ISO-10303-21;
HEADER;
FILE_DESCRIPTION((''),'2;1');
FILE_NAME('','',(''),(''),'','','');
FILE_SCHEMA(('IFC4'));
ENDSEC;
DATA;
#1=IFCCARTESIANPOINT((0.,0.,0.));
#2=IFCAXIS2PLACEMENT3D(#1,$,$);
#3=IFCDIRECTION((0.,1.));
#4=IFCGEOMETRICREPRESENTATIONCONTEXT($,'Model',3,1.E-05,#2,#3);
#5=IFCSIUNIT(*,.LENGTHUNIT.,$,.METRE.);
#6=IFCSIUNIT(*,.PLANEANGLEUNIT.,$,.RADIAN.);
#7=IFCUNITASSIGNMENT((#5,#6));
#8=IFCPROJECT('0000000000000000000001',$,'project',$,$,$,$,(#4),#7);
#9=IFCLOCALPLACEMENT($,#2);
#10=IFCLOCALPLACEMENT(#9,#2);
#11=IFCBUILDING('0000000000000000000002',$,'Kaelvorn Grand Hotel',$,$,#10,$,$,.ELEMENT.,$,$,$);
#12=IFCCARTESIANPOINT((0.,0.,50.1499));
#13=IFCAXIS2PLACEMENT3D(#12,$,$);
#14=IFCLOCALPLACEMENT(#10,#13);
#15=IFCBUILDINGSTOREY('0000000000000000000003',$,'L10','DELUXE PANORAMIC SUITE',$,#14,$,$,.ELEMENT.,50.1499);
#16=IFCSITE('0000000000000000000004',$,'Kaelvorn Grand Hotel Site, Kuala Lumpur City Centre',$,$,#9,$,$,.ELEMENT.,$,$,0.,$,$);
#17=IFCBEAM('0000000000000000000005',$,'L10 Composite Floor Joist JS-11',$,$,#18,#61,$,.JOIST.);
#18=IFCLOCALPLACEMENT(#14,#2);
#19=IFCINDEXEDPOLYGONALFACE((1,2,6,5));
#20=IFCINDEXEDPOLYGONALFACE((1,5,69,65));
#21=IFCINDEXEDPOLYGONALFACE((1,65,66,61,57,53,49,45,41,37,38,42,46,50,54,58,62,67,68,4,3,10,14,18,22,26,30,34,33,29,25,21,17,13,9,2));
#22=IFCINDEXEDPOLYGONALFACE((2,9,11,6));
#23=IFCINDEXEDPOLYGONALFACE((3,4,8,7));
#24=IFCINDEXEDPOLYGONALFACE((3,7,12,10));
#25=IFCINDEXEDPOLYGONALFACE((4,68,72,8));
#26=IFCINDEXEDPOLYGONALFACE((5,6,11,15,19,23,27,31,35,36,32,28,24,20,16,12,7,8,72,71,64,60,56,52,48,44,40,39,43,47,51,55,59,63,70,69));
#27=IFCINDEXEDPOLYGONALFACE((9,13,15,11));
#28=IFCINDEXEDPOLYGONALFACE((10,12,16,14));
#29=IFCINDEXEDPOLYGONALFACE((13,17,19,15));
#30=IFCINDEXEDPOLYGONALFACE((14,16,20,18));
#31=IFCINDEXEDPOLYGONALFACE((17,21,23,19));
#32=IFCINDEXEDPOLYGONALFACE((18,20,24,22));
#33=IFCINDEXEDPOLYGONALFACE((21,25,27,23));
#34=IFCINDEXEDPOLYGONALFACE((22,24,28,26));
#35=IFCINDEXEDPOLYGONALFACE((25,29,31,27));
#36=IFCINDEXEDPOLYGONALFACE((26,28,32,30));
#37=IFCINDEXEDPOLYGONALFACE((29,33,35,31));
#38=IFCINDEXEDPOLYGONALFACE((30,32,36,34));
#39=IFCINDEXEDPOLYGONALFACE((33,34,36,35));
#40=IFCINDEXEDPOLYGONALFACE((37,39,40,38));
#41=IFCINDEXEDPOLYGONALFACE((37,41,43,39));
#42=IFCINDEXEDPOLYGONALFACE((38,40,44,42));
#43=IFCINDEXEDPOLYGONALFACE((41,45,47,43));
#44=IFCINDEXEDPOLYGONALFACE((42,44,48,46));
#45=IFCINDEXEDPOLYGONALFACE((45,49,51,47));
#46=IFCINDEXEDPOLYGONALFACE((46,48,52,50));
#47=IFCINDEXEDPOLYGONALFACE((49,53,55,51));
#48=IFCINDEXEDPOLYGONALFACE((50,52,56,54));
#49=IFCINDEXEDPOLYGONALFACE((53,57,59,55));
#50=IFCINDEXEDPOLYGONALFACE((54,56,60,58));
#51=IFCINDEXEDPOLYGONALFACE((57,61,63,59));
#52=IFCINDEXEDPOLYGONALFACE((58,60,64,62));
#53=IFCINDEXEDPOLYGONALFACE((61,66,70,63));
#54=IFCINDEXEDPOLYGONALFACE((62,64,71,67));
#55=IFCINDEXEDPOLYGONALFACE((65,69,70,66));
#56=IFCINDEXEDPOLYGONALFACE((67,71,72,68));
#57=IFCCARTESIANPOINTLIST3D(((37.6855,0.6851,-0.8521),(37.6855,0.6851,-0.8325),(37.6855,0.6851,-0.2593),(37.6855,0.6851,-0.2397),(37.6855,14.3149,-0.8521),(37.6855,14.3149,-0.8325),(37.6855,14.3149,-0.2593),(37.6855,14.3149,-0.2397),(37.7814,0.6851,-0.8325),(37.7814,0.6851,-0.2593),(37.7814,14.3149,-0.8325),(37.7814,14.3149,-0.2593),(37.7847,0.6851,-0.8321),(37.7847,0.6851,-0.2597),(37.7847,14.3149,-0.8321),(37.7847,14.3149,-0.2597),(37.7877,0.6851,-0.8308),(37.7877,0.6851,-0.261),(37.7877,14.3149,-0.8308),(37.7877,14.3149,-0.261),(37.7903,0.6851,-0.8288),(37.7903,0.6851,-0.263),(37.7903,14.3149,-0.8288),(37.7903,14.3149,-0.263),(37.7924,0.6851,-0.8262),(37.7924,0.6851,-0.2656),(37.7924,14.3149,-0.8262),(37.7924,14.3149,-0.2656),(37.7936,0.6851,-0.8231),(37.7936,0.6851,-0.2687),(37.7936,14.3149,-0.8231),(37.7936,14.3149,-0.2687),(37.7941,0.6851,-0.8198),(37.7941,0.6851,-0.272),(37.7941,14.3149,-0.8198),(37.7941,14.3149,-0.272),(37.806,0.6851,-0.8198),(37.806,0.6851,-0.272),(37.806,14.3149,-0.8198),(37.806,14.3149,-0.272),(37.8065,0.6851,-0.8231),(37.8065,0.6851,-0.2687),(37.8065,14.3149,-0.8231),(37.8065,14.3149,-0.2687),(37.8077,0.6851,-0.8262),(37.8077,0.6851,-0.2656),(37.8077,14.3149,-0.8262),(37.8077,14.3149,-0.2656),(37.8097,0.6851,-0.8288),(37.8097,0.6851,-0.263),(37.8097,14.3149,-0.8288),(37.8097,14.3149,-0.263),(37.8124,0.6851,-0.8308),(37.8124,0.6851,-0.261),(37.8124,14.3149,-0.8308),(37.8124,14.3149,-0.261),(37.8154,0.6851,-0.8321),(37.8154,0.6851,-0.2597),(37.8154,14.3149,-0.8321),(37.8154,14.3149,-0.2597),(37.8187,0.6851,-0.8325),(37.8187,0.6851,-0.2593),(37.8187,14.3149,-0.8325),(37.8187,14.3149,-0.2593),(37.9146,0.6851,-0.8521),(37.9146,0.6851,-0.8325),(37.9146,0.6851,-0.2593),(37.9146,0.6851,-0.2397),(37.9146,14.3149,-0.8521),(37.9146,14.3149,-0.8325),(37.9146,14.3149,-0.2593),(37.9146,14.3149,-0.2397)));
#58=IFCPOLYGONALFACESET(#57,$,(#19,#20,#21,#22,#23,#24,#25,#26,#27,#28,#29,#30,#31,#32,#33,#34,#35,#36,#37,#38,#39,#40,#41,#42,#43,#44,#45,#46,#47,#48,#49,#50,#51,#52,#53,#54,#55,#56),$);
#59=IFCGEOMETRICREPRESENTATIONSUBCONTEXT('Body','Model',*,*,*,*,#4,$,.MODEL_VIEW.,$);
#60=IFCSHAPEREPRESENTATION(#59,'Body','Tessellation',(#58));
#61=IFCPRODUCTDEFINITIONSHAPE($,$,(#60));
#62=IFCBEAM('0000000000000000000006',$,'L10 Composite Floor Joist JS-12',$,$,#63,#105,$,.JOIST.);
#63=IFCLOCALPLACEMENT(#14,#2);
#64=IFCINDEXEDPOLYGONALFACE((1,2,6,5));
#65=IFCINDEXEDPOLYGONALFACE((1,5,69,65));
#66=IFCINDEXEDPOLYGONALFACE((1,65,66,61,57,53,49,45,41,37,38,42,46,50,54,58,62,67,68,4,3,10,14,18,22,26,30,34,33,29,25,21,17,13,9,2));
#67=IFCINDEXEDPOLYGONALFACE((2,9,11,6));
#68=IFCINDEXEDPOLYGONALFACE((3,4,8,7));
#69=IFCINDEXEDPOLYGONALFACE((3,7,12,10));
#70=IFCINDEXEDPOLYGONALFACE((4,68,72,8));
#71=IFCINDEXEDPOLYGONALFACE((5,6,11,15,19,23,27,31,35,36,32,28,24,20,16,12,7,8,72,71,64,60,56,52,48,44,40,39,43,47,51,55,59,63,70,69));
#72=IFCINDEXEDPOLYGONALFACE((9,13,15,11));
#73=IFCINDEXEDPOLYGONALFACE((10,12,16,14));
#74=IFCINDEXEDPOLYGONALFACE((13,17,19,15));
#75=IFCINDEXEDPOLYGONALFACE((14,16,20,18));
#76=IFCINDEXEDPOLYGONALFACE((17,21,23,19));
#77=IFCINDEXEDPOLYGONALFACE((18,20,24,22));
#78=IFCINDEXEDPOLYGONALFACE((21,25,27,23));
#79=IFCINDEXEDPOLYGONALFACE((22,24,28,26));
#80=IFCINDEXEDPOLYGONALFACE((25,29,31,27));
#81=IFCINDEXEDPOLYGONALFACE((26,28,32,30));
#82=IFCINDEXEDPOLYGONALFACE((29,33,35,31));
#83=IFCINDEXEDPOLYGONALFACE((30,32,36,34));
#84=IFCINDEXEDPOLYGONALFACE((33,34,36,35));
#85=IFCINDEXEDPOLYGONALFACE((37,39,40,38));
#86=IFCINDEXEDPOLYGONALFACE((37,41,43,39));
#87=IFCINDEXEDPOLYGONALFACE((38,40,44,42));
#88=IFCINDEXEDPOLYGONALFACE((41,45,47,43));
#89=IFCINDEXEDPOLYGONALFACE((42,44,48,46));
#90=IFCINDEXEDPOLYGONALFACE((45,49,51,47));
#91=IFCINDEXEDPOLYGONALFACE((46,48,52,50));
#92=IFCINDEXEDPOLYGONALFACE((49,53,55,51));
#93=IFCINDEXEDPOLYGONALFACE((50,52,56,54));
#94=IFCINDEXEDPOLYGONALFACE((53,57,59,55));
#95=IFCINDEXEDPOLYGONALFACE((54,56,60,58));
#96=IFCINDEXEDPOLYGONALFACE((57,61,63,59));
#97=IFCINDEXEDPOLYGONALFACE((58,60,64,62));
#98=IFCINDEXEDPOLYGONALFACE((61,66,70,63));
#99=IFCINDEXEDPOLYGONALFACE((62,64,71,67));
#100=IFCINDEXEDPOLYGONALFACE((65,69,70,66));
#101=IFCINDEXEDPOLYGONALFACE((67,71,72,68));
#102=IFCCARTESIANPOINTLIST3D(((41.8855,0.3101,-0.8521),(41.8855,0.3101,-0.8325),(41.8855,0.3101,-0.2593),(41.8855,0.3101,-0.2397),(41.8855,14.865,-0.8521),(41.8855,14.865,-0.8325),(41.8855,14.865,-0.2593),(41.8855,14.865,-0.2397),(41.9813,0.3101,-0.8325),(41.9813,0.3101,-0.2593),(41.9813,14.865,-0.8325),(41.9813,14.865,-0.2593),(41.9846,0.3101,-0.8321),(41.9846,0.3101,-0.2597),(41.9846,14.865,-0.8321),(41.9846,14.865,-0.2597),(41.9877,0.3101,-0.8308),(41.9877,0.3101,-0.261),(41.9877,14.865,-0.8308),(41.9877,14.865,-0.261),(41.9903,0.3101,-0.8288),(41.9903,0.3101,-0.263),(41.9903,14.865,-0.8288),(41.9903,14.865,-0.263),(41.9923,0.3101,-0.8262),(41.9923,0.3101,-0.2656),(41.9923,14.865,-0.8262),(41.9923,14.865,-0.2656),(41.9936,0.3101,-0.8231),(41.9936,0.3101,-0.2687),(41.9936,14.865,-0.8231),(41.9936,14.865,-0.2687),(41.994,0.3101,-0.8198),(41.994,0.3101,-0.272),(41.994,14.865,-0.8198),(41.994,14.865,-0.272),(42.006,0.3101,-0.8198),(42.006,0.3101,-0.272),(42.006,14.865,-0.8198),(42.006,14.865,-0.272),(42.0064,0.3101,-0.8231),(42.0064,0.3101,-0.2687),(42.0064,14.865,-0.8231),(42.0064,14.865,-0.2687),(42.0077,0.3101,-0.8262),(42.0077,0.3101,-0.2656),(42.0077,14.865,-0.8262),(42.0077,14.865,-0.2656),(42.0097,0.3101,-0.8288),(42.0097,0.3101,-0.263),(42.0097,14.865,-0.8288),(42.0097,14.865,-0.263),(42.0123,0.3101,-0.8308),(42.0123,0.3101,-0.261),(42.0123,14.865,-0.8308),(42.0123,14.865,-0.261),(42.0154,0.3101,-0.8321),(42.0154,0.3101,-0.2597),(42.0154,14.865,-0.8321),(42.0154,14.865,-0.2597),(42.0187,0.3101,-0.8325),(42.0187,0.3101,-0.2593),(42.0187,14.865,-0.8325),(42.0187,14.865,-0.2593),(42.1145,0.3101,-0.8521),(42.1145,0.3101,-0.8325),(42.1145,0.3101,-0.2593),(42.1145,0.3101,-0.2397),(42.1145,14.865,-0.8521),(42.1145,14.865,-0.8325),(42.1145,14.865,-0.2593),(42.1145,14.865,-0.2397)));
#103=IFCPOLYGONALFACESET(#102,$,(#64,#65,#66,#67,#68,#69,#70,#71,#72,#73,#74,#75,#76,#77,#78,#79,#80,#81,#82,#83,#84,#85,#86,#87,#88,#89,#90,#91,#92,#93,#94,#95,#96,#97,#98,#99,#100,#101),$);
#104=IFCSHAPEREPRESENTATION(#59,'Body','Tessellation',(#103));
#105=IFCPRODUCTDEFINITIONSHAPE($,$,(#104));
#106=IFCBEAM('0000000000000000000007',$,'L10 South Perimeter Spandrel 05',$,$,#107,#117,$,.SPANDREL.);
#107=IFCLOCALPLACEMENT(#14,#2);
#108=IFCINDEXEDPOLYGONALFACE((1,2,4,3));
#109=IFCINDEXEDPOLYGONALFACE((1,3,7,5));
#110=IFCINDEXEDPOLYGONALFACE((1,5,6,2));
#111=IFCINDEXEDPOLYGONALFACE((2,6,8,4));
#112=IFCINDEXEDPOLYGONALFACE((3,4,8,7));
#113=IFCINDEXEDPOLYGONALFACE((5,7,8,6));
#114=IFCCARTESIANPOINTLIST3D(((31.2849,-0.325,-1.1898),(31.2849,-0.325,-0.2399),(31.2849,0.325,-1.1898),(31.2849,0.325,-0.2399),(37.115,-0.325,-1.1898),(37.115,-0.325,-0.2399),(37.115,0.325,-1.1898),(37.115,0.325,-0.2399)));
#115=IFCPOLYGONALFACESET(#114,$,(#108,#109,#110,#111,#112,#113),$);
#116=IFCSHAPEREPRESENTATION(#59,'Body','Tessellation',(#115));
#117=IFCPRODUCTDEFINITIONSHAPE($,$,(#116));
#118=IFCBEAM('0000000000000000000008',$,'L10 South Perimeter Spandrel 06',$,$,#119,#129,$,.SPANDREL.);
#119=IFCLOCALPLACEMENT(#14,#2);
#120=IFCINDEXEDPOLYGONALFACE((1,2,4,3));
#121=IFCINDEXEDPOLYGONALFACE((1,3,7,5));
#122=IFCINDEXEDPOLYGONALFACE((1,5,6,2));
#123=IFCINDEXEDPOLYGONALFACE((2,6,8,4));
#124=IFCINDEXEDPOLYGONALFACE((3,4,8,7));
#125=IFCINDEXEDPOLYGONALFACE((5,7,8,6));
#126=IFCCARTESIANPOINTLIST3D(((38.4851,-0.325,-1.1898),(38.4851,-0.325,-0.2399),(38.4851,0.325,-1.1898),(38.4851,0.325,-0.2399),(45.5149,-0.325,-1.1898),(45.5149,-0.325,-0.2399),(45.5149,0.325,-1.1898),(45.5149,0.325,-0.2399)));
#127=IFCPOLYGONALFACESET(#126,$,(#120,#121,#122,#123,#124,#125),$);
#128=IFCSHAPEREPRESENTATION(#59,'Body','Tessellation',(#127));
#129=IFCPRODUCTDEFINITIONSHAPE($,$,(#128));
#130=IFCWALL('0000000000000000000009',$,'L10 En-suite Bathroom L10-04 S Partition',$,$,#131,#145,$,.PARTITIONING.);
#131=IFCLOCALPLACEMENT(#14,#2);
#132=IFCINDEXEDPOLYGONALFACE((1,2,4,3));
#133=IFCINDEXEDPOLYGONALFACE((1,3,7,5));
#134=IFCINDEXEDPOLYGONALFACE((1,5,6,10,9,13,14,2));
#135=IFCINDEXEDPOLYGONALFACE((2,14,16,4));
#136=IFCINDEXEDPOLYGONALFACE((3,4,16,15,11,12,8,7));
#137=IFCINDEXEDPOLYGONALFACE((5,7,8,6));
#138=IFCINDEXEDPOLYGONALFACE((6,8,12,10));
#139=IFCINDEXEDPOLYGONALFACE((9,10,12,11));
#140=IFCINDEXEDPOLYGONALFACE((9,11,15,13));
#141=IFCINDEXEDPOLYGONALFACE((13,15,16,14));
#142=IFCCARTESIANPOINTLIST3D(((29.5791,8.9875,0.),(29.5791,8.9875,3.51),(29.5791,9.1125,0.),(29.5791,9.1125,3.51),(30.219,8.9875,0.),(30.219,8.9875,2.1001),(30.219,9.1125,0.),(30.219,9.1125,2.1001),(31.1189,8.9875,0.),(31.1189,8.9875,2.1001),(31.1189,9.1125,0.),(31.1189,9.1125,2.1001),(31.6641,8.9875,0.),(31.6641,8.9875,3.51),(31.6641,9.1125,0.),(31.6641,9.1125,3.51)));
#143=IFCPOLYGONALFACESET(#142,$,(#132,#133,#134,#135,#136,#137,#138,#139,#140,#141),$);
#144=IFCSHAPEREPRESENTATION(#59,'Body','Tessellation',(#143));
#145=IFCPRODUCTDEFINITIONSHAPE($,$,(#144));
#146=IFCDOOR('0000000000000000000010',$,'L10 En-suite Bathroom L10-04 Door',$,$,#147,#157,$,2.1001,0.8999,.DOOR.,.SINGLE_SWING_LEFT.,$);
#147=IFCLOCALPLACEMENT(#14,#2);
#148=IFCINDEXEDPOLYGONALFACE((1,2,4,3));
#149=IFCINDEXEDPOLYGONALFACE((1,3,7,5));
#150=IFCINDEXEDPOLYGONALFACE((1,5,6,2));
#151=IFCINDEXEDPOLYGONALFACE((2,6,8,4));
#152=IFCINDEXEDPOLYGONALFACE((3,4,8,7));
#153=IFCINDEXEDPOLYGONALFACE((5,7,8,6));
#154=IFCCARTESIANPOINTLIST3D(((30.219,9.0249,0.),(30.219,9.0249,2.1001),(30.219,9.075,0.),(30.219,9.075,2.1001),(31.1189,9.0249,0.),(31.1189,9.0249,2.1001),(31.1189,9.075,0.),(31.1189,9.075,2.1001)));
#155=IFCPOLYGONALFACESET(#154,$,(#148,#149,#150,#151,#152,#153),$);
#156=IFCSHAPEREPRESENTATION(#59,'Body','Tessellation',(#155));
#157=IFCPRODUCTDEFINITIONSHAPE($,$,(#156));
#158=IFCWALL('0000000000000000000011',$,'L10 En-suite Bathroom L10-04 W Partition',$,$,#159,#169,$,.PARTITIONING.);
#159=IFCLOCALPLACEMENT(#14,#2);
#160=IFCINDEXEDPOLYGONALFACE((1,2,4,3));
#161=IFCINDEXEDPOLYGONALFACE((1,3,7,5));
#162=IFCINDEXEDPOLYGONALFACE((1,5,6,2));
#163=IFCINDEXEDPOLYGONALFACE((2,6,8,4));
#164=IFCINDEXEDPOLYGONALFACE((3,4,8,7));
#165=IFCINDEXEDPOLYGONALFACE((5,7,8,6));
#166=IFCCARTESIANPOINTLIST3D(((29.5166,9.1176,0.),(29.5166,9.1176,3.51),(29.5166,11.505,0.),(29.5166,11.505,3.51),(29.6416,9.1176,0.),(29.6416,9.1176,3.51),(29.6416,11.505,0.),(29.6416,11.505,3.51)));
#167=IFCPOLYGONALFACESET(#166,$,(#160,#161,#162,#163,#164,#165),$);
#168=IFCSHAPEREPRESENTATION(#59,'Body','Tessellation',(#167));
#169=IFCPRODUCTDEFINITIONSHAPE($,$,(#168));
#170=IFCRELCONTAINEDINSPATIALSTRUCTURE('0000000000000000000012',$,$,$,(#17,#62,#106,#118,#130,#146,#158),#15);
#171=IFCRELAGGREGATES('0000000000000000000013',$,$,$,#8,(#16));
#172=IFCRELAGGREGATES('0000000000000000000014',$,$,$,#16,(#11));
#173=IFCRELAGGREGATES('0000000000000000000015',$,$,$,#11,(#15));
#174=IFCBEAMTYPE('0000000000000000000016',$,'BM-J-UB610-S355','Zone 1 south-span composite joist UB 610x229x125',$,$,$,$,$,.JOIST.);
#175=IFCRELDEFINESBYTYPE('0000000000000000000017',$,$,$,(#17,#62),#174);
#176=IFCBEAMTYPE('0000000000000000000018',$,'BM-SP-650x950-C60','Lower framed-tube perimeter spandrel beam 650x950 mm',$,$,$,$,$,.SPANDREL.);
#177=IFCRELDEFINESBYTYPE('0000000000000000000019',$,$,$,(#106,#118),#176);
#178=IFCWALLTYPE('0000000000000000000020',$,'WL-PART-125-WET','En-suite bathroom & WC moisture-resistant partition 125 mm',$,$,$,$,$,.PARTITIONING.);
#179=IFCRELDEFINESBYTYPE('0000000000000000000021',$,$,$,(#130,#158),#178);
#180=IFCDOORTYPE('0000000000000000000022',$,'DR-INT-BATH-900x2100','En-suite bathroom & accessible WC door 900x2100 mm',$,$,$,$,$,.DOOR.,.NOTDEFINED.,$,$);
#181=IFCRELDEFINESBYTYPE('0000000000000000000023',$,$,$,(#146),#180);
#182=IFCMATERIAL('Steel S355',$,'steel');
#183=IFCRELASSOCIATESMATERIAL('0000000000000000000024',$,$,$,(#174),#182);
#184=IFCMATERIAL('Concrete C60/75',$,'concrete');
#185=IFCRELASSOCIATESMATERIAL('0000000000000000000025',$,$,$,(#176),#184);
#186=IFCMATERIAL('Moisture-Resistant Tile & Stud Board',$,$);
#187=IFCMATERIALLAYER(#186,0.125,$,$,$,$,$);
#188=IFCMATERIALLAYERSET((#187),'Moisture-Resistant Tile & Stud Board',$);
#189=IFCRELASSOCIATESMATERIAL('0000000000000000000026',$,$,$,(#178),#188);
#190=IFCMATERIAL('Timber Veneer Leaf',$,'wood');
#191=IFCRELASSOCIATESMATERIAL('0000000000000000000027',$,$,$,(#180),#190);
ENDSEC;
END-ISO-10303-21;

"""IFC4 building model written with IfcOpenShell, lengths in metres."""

from ifc_helpers import new_model, si_unit, direction, frame, frame_2d, origin, origin_2d, place, context, subcontext, project, spatial, rectangle, i_section, extrude, material, layer, layer_set, material_profile, profile_set, type_object, element, fill, save


model = new_model("IFC4")

# Units and contexts
model_context = context("Model", 3, precision=1e-05, world=origin(), true_north=direction((0.0, 1.0)))
body_context = subcontext(model_context, "Body", "Model", "MODEL_VIEW")
ifc_project = project(units=[si_unit("LENGTHUNIT", "METRE"), si_unit("PLANEANGLEUNIT", "RADIAN")], contexts=[model_context])

# Site, building, storey
site_placement = place(None, origin())
site = spatial("IfcSite", under=ifc_project, at=site_placement, Name="Kaelvorn Grand Hotel Site, Kuala Lumpur City Centre", CompositionType="ELEMENT", RefElevation=0.0)
building_placement = place(site_placement, origin())
building = spatial("IfcBuilding", under=site, at=building_placement, Name="Kaelvorn Grand Hotel", CompositionType="ELEMENT")
storey_placement = place(building_placement, frame((0.0, 0.0, 50.1499)))
storey = spatial("IfcBuildingStorey", under=building, at=storey_placement, Name="L10", Description="DELUXE PANORAMIC SUITE", CompositionType="ELEMENT", Elevation=50.1499)

# Beams
ifc_material_1 = material(Name="Steel S355", Category="steel")
ifc_material_profile_1 = material_profile(ifc_material_1, i_section(OverallWidth=0.229, OverallDepth=0.6123, WebThickness=0.012, FlangeThickness=0.0195, FilletRadius=0.0127, at=origin_2d()), Name="UB 610x229x125")
ifc_profile_set_1 = profile_set([ifc_material_profile_1], Name="Steel S355")
beam_type_1 = type_object("IfcBeamType", Name="BM-J-UB610-S355", Description="Zone 1 south-span composite joist UB 610x229x125", PredefinedType="JOIST", material=ifc_profile_set_1)
beam_1_placement = place(storey_placement, frame((37.8, 0.6851, -0.5459), z_axis=(0.0, 1.0, 0.0), x_axis=(-1.0, 0.0, 0.0)))
element("IfcBeam", 1, at=beam_1_placement, inside=storey, type_object=beam_type_1, Name="L10 Composite Floor Joist JS-11", PredefinedType="JOIST", context=body_context, shape_type="SweptSolid", body=[
    extrude(i_section(OverallWidth=0.229, OverallDepth=0.6123, WebThickness=0.012, FlangeThickness=0.0195, FilletRadius=0.0127, at=origin_2d()), origin(), (0.0, 0.0, 1.0), 13.6299),
])
beam_2_placement = place(storey_placement, frame((42.0, 0.3101, -0.5459), z_axis=(0.0, 1.0, 0.0), x_axis=(-1.0, 0.0, 0.0)))
element("IfcBeam", 2, at=beam_2_placement, inside=storey, type_object=beam_type_1, Name="L10 Composite Floor Joist JS-12", PredefinedType="JOIST", context=body_context, shape_type="SweptSolid", body=[
    extrude(i_section(OverallWidth=0.229, OverallDepth=0.6123, WebThickness=0.012, FlangeThickness=0.0195, FilletRadius=0.0127, at=origin_2d()), origin(), (0.0, 0.0, 1.0), 14.5549),
])
ifc_material_2 = material(Name="Concrete C60/75", Category="concrete")
ifc_material_profile_2 = material_profile(ifc_material_2, rectangle(XDim=0.6499, YDim=0.95, at=origin_2d()), Name="RC SPANDREL 650x950")
ifc_profile_set_2 = profile_set([ifc_material_profile_2], Name="Concrete C60/75")
beam_type_2 = type_object("IfcBeamType", Name="BM-SP-650x950-C60", Description="Lower framed-tube perimeter spandrel beam 650x950 mm", PredefinedType="SPANDREL", material=ifc_profile_set_2)
beam_3_placement = place(storey_placement, frame((31.2849, 0.0, -0.7148), z_axis=(1.0, 0.0, 0.0), x_axis=(0.0, 1.0, 0.0)))
element("IfcBeam", 3, at=beam_3_placement, inside=storey, type_object=beam_type_2, Name="L10 South Perimeter Spandrel 05", PredefinedType="SPANDREL", context=body_context, shape_type="SweptSolid", body=[
    extrude(rectangle(XDim=0.6499, YDim=0.95, at=origin_2d()), origin(), (0.0, 0.0, 1.0), 5.8301),
])
beam_4_placement = place(storey_placement, frame((38.4851, 0.0, -0.7148), z_axis=(1.0, 0.0, 0.0), x_axis=(0.0, 1.0, 0.0)))
element("IfcBeam", 4, at=beam_4_placement, inside=storey, type_object=beam_type_2, Name="L10 South Perimeter Spandrel 06", PredefinedType="SPANDREL", context=body_context, shape_type="SweptSolid", body=[
    extrude(rectangle(XDim=0.6499, YDim=0.95, at=origin_2d()), origin(), (0.0, 0.0, 1.0), 7.0298),
])

# Wall, opening, door
ifc_material_3 = material(Name="Moisture-Resistant Tile & Stud Board")
ifc_layer_1 = layer(ifc_material_3, 0.125)
ifc_layer_set_1 = layer_set([ifc_layer_1], Name="Moisture-Resistant Tile & Stud Board")
wall_type_1 = type_object("IfcWallType", Name="WL-PART-125-WET", Description="En-suite bathroom & WC moisture-resistant partition 125 mm", PredefinedType="PARTITIONING", material=ifc_layer_set_1)
wall_1_placement = place(storey_placement, frame((29.5791, 9.05, 0.0), z_axis=(0.0, 0.0, 1.0), x_axis=(1.0, 0.0, 0.0)))
wall_1 = element("IfcWall", 5, at=wall_1_placement, inside=storey, type_object=wall_type_1, Name="L10 En-suite Bathroom L10-04 S Partition", PredefinedType="PARTITIONING", context=body_context, shape_type="SweptSolid", body=[
    extrude(rectangle(XDim=2.085, YDim=0.125, at=frame_2d((1.0425, 0.0))), origin(), (0.0, 0.0, 1.0), 3.51),
])
opening_1_placement = place(wall_1_placement, frame((0.6399, 0.0, 0.0)))
opening_1 = element("IfcOpeningElement", 6, at=opening_1_placement, cuts=wall_1, PredefinedType="OPENING", context=body_context, shape_type="SweptSolid", body=[
    extrude(rectangle(XDim=0.8999, YDim=2.1001, at=frame_2d((0.45, 1.05))), frame((0.0, 0.0725, 0.0), z_axis=(0.0, -1.0, 0.0), x_axis=(1.0, 0.0, 0.0)), (0.0, 0.0, 1.0), 0.145),
])
ifc_material_4 = material(Name="Timber Veneer Leaf", Category="wood")
door_type_1 = type_object("IfcDoorType", Name="DR-INT-BATH-900x2100", Description="En-suite bathroom & accessible WC door 900x2100 mm", OperationType="NOTDEFINED", PredefinedType="DOOR", material=ifc_material_4)
door_1_placement = place(opening_1_placement, origin())
door_1 = element("IfcDoor", 7, at=door_1_placement, inside=storey, type_object=door_type_1, Name="L10 En-suite Bathroom L10-04 Door", OperationType="SINGLE_SWING_LEFT", OverallHeight=2.1001, OverallWidth=0.8999, PredefinedType="DOOR", context=body_context, shape_type="SweptSolid", body=[
    extrude(rectangle(XDim=0.8999, YDim=2.1001, at=frame_2d((0.45, 1.05))), frame((0.0, 0.0249, 0.0), z_axis=(0.0, -1.0, 0.0), x_axis=(1.0, 0.0, 0.0)), (0.0, 0.0, 1.0), 0.05),
])
fill(opening_1, door_1)

# Wall
wall_2_placement = place(storey_placement, frame((29.5791, 9.1174, 0.0), z_axis=(0.0, 0.0, 1.0), x_axis=(0.0, 1.0, 0.0)))
element("IfcWall", 8, at=wall_2_placement, inside=storey, type_object=wall_type_1, Name="L10 En-suite Bathroom L10-04 W Partition", PredefinedType="PARTITIONING", context=body_context, shape_type="SweptSolid", body=[
    extrude(rectangle(XDim=2.3875, YDim=0.125, at=frame_2d((1.1938, 0.0))), origin(), (0.0, 0.0, 1.0), 3.51),
])

save(model, "model.ifc")
